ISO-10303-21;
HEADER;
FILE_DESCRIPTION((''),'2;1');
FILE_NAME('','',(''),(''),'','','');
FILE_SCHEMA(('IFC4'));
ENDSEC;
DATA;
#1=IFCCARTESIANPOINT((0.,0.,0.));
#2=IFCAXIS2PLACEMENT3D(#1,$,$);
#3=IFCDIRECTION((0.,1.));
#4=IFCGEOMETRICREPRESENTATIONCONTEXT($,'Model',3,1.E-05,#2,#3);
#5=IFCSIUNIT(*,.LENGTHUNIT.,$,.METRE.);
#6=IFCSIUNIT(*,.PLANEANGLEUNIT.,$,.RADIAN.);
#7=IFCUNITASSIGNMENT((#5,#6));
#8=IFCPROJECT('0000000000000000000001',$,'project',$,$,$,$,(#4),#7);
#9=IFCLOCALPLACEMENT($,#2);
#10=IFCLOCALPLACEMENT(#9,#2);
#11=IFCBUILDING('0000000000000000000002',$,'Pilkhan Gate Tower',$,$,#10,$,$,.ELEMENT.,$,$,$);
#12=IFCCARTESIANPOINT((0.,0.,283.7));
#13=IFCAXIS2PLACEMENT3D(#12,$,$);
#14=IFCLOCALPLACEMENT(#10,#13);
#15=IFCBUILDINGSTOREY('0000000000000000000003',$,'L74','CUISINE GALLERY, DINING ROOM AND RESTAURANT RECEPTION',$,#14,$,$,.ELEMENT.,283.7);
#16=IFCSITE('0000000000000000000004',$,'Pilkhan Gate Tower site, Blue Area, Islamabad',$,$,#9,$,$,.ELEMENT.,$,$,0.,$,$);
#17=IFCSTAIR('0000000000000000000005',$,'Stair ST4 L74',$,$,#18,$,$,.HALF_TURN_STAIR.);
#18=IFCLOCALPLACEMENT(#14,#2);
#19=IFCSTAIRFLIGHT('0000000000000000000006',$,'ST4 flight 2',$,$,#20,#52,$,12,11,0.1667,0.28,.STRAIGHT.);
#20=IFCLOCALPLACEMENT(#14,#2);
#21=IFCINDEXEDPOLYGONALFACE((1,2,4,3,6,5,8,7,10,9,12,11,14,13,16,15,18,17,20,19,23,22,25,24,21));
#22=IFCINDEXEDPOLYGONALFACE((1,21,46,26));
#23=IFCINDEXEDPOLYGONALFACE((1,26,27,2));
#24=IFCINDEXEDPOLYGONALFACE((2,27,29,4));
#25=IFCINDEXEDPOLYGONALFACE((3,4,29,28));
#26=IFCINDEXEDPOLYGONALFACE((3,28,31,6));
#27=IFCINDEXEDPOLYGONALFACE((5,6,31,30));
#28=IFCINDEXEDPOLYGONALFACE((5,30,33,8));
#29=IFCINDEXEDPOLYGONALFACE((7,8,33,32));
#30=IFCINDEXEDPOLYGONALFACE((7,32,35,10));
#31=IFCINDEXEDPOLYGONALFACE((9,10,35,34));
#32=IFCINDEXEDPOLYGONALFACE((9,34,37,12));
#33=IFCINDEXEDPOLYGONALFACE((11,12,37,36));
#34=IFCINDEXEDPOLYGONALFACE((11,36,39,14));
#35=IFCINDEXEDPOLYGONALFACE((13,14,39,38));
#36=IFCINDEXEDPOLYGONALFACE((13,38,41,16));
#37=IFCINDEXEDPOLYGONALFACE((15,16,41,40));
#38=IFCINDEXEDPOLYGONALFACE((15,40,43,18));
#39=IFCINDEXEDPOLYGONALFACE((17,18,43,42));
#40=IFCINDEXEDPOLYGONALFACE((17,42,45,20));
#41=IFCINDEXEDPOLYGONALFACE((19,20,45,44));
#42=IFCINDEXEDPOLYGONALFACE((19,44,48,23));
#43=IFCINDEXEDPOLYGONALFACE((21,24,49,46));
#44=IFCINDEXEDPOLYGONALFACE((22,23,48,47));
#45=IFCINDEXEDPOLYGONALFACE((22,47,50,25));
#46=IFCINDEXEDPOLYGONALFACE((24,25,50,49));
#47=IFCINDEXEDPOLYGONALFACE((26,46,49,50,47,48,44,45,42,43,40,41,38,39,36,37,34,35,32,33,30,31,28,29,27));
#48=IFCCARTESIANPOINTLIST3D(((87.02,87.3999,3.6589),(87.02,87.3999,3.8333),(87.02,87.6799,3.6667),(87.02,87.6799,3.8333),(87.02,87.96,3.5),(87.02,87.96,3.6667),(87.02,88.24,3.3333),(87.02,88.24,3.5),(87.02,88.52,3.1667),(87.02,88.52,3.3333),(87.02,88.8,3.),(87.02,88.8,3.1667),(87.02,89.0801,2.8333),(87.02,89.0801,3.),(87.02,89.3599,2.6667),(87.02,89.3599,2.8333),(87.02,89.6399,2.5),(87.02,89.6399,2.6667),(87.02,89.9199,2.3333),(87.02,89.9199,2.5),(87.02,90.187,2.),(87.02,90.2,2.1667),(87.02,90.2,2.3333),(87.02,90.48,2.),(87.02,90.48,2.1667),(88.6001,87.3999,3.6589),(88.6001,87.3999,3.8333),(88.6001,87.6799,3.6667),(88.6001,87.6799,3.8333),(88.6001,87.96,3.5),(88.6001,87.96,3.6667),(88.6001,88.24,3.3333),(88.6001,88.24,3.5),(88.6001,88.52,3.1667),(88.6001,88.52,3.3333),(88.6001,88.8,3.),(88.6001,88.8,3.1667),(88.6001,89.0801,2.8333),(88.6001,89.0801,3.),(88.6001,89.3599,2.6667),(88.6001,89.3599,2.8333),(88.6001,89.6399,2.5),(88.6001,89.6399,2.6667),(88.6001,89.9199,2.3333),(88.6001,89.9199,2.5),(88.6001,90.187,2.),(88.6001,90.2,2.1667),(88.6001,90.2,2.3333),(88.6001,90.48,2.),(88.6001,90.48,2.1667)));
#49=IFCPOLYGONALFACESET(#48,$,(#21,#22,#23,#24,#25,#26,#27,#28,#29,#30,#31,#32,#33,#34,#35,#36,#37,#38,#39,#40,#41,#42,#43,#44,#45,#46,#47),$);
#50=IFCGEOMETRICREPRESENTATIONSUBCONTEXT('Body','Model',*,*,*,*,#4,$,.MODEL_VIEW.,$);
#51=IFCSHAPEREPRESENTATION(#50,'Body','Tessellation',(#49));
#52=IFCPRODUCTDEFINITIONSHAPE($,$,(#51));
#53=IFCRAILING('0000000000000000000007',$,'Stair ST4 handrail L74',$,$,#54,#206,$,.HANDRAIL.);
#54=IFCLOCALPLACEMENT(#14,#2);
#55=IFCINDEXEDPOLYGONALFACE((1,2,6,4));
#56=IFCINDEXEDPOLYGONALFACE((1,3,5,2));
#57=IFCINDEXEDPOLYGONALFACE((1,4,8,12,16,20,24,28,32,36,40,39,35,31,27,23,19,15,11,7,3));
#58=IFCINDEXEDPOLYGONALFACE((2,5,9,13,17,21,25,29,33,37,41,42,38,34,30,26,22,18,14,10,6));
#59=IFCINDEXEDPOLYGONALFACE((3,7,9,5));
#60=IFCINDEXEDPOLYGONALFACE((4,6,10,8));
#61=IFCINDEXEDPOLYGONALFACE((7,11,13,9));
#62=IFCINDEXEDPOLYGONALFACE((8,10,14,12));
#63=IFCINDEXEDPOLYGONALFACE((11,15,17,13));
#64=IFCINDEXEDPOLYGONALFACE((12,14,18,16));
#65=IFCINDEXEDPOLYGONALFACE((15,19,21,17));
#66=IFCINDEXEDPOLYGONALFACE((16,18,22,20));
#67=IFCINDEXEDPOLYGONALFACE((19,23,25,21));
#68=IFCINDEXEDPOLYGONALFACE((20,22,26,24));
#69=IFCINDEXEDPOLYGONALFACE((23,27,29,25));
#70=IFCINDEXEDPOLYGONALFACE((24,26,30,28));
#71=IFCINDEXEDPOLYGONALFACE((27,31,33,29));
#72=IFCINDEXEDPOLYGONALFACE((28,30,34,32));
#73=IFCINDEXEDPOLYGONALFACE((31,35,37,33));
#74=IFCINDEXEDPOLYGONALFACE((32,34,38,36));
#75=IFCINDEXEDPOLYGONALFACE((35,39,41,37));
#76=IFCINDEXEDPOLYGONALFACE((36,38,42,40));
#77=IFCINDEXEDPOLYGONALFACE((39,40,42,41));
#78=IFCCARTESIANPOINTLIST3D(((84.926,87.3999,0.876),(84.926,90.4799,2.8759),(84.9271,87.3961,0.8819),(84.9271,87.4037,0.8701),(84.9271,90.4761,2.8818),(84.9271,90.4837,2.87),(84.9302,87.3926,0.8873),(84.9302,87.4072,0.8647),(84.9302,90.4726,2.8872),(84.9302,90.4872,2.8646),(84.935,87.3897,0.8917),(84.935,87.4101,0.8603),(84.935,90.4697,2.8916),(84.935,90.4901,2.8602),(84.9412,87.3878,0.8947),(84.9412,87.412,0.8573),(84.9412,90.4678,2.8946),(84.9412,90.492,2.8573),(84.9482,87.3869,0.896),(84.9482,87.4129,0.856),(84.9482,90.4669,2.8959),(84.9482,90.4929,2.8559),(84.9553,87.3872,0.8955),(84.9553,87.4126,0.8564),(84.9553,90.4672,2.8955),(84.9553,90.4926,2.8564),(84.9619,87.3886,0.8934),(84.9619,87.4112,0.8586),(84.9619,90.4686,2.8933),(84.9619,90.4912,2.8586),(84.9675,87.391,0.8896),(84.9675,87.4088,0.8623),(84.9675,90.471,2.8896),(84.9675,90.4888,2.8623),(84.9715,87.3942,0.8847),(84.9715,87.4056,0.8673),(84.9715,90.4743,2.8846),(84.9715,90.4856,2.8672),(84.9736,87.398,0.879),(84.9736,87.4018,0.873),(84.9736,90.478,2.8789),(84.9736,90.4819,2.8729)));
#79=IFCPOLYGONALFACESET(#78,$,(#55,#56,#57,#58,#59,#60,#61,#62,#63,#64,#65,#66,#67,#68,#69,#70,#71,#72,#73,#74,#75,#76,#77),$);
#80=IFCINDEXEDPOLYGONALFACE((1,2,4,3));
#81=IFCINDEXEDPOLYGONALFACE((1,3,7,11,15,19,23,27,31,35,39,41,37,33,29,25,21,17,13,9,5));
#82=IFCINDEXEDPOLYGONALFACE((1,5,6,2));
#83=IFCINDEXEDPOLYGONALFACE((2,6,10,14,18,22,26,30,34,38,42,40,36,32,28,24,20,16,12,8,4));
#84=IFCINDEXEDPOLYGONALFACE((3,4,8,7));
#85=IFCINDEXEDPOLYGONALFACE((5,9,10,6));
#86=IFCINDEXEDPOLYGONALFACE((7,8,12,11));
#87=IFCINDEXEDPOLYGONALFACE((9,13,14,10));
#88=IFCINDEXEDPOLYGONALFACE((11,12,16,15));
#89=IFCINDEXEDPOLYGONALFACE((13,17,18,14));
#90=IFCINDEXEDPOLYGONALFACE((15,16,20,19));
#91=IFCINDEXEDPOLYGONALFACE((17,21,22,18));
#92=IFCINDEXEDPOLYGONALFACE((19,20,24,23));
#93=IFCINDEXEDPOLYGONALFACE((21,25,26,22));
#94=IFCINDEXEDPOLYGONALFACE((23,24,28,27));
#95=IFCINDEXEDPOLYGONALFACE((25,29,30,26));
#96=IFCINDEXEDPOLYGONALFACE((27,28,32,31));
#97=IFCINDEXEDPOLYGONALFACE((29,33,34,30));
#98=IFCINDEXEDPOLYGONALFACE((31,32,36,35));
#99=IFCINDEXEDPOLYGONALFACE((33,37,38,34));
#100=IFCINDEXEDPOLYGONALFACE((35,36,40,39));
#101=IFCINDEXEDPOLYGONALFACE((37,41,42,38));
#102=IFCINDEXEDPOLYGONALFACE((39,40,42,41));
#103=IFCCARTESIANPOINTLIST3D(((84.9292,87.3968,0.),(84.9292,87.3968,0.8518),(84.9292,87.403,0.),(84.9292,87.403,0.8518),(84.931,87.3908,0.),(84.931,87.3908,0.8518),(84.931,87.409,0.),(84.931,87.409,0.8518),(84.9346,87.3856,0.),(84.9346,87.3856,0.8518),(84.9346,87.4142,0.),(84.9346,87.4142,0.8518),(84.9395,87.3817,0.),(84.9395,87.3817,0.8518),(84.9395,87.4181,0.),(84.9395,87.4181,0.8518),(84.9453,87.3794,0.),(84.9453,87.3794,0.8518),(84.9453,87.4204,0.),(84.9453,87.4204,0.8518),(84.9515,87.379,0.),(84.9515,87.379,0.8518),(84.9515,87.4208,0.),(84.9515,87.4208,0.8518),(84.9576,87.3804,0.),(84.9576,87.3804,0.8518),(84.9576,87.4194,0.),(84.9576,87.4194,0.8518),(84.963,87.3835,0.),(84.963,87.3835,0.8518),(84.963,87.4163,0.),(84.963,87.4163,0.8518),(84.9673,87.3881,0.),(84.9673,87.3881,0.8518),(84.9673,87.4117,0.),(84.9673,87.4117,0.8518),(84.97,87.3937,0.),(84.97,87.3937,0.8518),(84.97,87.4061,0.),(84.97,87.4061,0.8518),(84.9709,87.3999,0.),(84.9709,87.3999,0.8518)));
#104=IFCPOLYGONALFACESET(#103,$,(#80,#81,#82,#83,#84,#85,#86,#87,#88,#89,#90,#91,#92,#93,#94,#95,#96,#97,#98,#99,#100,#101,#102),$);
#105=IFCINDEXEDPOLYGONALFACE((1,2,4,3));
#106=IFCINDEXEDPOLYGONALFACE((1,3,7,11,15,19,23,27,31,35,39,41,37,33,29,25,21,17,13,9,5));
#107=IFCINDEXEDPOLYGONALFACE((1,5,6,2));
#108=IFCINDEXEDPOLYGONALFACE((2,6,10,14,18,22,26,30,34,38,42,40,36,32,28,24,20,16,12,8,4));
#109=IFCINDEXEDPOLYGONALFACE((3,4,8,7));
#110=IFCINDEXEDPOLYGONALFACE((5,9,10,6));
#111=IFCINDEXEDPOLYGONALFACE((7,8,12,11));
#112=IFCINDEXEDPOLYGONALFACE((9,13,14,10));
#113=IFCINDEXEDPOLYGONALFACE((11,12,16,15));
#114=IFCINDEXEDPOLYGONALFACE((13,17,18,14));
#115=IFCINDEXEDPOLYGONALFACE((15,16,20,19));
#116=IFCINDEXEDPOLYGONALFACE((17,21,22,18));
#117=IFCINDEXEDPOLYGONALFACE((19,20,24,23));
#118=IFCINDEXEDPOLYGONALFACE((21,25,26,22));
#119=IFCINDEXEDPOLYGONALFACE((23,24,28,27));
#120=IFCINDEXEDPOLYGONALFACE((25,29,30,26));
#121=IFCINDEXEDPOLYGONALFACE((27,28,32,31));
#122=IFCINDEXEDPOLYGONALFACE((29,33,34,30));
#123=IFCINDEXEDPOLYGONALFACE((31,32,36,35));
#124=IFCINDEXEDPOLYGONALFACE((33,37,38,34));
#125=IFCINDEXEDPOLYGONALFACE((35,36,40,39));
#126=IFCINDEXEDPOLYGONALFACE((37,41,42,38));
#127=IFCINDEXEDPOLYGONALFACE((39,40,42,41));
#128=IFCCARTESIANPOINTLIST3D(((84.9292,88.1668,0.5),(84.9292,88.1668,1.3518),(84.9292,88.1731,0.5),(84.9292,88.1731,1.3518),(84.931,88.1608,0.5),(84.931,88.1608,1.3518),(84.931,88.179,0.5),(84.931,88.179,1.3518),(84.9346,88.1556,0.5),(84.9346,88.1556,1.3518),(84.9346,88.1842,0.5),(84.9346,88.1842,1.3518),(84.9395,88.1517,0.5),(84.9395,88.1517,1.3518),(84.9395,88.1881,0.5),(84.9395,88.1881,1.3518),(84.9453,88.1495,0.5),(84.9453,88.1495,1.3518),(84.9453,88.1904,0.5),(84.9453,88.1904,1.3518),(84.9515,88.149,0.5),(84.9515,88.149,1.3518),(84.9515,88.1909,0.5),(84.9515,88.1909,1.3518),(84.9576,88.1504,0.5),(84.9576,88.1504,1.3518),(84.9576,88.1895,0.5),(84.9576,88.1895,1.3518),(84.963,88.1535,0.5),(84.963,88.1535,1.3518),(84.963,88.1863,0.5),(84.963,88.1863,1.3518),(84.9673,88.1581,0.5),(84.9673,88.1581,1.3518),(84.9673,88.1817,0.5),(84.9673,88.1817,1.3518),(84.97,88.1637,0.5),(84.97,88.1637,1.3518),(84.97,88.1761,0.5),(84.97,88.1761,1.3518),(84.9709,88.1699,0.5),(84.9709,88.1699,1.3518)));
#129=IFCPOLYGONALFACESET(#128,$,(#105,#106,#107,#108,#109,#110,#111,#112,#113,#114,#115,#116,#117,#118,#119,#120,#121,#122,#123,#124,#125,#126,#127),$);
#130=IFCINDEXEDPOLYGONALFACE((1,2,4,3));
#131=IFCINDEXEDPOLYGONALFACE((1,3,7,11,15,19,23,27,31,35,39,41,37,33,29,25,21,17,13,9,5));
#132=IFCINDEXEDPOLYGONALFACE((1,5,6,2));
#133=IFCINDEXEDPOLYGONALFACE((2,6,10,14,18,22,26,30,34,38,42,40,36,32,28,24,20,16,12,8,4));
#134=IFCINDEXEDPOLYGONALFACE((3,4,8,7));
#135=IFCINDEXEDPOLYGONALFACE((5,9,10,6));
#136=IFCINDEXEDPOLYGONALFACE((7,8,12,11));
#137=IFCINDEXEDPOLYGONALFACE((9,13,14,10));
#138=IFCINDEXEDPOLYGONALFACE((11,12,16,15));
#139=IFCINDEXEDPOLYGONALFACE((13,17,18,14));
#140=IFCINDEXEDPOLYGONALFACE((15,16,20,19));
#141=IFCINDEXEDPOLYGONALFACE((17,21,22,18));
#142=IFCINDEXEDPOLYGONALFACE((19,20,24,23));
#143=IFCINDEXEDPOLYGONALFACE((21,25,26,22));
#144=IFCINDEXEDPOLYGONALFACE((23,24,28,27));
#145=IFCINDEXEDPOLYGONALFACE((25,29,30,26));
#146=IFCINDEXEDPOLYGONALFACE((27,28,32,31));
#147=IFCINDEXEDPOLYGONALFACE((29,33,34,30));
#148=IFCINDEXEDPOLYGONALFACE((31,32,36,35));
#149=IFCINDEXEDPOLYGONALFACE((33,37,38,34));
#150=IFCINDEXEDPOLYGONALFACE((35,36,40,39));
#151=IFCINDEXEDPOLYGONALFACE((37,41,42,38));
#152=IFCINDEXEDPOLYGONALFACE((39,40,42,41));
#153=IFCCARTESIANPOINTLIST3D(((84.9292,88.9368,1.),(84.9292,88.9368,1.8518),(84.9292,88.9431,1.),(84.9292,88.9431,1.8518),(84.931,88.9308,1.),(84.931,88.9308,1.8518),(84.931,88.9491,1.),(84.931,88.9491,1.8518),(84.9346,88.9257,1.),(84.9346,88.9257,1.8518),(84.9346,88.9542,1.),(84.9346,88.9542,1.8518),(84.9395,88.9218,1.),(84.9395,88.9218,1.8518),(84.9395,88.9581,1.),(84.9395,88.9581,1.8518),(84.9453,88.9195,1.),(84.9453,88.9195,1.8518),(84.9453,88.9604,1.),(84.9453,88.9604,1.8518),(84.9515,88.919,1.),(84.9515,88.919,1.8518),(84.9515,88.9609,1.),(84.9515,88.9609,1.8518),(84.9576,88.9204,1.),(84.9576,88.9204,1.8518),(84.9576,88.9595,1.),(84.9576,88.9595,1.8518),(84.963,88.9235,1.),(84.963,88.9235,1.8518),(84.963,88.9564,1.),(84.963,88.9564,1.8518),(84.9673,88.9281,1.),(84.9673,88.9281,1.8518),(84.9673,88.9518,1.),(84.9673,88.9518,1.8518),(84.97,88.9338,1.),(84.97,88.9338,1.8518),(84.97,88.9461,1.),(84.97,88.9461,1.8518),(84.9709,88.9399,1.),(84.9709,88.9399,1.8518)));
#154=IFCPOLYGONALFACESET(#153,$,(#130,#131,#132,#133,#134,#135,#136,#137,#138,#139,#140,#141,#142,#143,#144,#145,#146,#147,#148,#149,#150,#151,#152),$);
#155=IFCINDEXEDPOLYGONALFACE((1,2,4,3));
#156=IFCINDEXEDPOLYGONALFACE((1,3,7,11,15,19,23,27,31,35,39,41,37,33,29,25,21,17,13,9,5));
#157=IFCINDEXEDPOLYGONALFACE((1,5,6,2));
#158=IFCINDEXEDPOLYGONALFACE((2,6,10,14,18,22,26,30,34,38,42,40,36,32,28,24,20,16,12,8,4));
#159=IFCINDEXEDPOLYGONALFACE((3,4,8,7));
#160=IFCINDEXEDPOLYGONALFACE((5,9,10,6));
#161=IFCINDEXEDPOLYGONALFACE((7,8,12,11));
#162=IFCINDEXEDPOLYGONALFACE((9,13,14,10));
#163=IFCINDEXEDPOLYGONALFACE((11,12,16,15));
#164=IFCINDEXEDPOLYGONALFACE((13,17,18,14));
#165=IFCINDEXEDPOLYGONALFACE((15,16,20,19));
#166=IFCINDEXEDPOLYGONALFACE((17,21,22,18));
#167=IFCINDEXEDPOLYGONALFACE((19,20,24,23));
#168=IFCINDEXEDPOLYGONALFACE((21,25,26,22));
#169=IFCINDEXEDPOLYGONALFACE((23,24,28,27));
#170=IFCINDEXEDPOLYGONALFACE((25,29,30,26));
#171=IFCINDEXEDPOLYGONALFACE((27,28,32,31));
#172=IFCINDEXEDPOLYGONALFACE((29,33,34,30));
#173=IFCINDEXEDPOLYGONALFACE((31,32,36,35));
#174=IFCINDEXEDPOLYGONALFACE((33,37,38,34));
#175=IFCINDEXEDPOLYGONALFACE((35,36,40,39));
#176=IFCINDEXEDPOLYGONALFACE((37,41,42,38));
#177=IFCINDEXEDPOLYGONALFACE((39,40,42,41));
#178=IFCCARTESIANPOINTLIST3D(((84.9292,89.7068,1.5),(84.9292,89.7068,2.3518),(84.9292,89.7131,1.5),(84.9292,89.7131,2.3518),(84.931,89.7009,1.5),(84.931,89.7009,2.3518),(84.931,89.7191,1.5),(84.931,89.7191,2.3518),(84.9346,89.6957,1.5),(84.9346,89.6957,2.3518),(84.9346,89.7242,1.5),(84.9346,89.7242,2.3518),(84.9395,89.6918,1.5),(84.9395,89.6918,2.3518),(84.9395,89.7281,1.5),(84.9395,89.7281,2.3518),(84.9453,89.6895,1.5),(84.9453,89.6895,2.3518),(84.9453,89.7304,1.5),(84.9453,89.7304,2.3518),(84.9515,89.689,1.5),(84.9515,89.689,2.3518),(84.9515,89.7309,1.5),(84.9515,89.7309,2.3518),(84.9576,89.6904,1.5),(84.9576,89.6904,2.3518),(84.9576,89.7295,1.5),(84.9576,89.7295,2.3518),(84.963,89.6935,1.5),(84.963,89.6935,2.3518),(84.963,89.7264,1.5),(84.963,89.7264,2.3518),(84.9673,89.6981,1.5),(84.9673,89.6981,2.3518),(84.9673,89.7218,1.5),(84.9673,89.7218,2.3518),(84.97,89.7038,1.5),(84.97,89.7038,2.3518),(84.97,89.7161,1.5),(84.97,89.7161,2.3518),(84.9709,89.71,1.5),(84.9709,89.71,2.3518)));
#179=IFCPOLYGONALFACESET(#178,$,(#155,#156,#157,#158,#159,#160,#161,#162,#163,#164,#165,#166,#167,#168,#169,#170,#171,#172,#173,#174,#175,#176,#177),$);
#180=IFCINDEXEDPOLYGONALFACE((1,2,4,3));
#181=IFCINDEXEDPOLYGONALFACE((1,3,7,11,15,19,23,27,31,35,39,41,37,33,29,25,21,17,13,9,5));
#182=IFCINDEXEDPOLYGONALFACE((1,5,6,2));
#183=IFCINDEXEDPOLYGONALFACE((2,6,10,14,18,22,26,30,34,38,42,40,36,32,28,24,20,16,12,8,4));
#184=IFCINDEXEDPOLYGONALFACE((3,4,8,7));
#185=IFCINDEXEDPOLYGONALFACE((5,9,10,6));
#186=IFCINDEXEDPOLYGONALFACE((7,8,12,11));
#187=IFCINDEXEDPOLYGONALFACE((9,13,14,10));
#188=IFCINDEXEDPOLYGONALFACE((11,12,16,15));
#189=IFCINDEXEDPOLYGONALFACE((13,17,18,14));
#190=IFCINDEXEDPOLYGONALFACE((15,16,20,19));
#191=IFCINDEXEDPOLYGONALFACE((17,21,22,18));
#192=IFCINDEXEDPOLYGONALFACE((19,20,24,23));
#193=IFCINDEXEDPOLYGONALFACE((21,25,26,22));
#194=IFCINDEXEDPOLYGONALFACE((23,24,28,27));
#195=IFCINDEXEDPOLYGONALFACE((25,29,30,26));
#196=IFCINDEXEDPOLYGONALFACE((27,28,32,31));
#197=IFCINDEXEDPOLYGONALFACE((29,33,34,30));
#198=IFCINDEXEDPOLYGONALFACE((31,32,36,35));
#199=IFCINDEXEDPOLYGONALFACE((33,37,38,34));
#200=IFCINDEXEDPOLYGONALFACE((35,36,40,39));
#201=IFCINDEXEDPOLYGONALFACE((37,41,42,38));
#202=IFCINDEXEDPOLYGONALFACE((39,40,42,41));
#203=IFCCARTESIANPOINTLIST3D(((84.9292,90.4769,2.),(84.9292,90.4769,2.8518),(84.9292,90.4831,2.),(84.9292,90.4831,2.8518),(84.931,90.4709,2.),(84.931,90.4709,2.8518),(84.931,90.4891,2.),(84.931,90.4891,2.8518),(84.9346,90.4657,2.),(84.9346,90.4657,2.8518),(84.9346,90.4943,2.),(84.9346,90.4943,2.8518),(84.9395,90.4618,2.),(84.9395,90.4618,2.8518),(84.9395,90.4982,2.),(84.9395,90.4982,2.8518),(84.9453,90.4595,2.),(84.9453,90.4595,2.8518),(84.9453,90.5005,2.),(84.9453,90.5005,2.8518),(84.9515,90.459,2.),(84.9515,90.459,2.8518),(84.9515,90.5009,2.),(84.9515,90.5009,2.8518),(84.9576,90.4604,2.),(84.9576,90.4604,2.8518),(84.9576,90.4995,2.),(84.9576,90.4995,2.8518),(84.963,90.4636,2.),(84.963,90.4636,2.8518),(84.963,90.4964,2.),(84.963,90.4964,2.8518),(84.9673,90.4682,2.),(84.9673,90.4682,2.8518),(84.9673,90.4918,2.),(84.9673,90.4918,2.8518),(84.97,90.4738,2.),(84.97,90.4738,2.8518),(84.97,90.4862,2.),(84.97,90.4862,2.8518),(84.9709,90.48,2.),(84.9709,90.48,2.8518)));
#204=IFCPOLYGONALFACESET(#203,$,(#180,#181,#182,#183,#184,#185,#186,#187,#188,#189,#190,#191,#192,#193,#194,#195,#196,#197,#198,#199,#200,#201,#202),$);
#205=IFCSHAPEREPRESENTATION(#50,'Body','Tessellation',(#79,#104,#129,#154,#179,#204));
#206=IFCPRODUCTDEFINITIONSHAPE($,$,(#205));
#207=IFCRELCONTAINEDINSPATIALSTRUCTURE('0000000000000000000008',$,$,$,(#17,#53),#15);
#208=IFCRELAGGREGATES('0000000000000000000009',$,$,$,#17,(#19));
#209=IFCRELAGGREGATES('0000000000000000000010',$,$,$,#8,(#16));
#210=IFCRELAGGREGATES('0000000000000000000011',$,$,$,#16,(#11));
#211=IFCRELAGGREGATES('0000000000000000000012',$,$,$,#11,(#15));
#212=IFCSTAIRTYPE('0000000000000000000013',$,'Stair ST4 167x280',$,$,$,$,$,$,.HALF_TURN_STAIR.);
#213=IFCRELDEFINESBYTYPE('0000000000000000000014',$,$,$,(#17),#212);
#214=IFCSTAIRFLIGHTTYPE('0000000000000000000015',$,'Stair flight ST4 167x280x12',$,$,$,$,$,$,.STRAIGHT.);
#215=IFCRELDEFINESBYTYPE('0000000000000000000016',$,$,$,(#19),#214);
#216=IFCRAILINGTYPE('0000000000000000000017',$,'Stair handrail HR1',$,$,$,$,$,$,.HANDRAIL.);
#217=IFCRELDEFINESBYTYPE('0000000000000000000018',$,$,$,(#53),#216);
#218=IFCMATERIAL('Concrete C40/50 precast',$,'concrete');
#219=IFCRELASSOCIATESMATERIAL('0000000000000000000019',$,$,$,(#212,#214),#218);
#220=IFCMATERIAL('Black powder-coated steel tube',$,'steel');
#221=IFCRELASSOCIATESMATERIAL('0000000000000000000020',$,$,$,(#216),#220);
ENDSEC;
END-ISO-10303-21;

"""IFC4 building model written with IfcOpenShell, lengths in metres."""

from ifc_helpers import new_model, si_unit, direction, frame, origin, origin_2d, place, context, subcontext, project, spatial, polyline, circle, outline, extrude, material, type_object, element, aggregate, save


model = new_model("IFC4")

# Units and contexts
model_context = context("Model", 3, precision=1e-05, world=origin(), true_north=direction((0.0, 1.0)))
body_context = subcontext(model_context, "Body", "Model", "MODEL_VIEW")
ifc_project = project(units=[si_unit("LENGTHUNIT", "METRE"), si_unit("PLANEANGLEUNIT", "RADIAN")], contexts=[model_context])

# Site, building, storey
site_placement = place(None, origin())
site = spatial("IfcSite", under=ifc_project, at=site_placement, Name="Pilkhan Gate Tower site, Blue Area, Islamabad", CompositionType="ELEMENT", RefElevation=0.0)
building_placement = place(site_placement, origin())
building = spatial("IfcBuilding", under=site, at=building_placement, Name="Pilkhan Gate Tower", CompositionType="ELEMENT")
storey_placement = place(building_placement, frame((0.0, 0.0, 283.7)))
storey = spatial("IfcBuildingStorey", under=building, at=storey_placement, Name="L74", Description="CUISINE GALLERY, DINING ROOM AND RESTAURANT RECEPTION", CompositionType="ELEMENT", Elevation=283.7)

# Stair, stair flight
ifc_material_1 = material(Name="Concrete C40/50 precast", Category="concrete")
stair_type = type_object("IfcStairType", Name="Stair ST4 167x280", PredefinedType="HALF_TURN_STAIR", material=ifc_material_1)
stair_placement = place(storey_placement, origin())
stair = element("IfcStair", 1, at=stair_placement, inside=storey, type_object=stair_type, Name="Stair ST4 L74", PredefinedType="HALF_TURN_STAIR")
stair_flight_type = type_object("IfcStairFlightType", Name="Stair flight ST4 167x280x12", PredefinedType="STRAIGHT", material=ifc_material_1)
stair_flight_1_placement = place(storey_placement, frame((87.8101, 90.48, 2.0), z_axis=(0.0, 0.0, 1.0), x_axis=(0.0, -1.0, 0.0)))
stair_flight_1 = element("IfcStairFlight", 2, at=stair_flight_1_placement, type_object=stair_flight_type, Name="ST4 flight 2", NumberOfRisers=12, NumberOfTreads=11, PredefinedType="STRAIGHT", RiserHeight=0.1667, TreadLength=0.28, context=body_context, shape_type="SweptSolid", body=[
    extrude(outline(polyline([(0.0, 0.0), (0.0, 0.1667), (0.28, 0.1667), (0.28, 0.3333), (0.5601, 0.3333), (0.5601, 0.5), (0.8401, 0.5), (0.8401, 0.6667), (1.1201, 0.6667), (1.1201, 0.8333), (1.3999, 0.8333), (1.3999, 1.0), (1.6799, 1.0), (1.6799, 1.1667), (1.96, 1.1667), (1.96, 1.3333), (2.24, 1.3333), (2.24, 1.5), (2.52, 1.5), (2.52, 1.6667), (2.8, 1.6667), (2.8, 1.8333), (3.0801, 1.8333), (3.0801, 2.0), (3.0801, 1.6589), (0.293, 0.0), (0.0, 0.0)])), frame((0.0, 0.79, 0.0), z_axis=(0.0, -1.0, 0.0), x_axis=(1.0, 0.0, 0.0)), (0.0, 0.0, 1.0), 1.5801),
])
aggregate(stair, [stair_flight_1])

# Railing
ifc_material_2 = material(Name="Black powder-coated steel tube", Category="steel")
railing_type_1 = type_object("IfcRailingType", Name="Stair handrail HR1", PredefinedType="HANDRAIL", material=ifc_material_2)
railing_1_placement = place(storey_placement, frame((84.95, 87.3999, 0.0)))
element("IfcRailing", 3, at=railing_1_placement, inside=storey, type_object=railing_type_1, Name="Stair ST4 handrail L74", PredefinedType="HANDRAIL", context=body_context, shape_type="SweptSolid", body=[
    extrude(circle(Radius=0.0239, at=origin_2d()), frame((0.0, 0.0, 0.876), z_axis=(0.0, 0.838699, 0.544596), x_axis=(-1.0, 0.0, 0.0)), (0.0, 0.0, 1.0), 3.6724),
    extrude(circle(Radius=0.021, at=origin_2d()), origin(), (0.0, 0.0, 1.0), 0.8518),
    extrude(circle(Radius=0.021, at=origin_2d()), frame((0.0, 0.77, 0.5)), (0.0, 0.0, 1.0), 0.8518),
    extrude(circle(Radius=0.021, at=origin_2d()), frame((0.0, 1.54, 1.0)), (0.0, 0.0, 1.0), 0.8518),
    extrude(circle(Radius=0.021, at=origin_2d()), frame((0.0, 2.3101, 1.5)), (0.0, 0.0, 1.0), 0.8518),
    extrude(circle(Radius=0.021, at=origin_2d()), frame((0.0, 3.0801, 2.0)), (0.0, 0.0, 1.0), 0.8518),
])

save(model, "model.ifc")
